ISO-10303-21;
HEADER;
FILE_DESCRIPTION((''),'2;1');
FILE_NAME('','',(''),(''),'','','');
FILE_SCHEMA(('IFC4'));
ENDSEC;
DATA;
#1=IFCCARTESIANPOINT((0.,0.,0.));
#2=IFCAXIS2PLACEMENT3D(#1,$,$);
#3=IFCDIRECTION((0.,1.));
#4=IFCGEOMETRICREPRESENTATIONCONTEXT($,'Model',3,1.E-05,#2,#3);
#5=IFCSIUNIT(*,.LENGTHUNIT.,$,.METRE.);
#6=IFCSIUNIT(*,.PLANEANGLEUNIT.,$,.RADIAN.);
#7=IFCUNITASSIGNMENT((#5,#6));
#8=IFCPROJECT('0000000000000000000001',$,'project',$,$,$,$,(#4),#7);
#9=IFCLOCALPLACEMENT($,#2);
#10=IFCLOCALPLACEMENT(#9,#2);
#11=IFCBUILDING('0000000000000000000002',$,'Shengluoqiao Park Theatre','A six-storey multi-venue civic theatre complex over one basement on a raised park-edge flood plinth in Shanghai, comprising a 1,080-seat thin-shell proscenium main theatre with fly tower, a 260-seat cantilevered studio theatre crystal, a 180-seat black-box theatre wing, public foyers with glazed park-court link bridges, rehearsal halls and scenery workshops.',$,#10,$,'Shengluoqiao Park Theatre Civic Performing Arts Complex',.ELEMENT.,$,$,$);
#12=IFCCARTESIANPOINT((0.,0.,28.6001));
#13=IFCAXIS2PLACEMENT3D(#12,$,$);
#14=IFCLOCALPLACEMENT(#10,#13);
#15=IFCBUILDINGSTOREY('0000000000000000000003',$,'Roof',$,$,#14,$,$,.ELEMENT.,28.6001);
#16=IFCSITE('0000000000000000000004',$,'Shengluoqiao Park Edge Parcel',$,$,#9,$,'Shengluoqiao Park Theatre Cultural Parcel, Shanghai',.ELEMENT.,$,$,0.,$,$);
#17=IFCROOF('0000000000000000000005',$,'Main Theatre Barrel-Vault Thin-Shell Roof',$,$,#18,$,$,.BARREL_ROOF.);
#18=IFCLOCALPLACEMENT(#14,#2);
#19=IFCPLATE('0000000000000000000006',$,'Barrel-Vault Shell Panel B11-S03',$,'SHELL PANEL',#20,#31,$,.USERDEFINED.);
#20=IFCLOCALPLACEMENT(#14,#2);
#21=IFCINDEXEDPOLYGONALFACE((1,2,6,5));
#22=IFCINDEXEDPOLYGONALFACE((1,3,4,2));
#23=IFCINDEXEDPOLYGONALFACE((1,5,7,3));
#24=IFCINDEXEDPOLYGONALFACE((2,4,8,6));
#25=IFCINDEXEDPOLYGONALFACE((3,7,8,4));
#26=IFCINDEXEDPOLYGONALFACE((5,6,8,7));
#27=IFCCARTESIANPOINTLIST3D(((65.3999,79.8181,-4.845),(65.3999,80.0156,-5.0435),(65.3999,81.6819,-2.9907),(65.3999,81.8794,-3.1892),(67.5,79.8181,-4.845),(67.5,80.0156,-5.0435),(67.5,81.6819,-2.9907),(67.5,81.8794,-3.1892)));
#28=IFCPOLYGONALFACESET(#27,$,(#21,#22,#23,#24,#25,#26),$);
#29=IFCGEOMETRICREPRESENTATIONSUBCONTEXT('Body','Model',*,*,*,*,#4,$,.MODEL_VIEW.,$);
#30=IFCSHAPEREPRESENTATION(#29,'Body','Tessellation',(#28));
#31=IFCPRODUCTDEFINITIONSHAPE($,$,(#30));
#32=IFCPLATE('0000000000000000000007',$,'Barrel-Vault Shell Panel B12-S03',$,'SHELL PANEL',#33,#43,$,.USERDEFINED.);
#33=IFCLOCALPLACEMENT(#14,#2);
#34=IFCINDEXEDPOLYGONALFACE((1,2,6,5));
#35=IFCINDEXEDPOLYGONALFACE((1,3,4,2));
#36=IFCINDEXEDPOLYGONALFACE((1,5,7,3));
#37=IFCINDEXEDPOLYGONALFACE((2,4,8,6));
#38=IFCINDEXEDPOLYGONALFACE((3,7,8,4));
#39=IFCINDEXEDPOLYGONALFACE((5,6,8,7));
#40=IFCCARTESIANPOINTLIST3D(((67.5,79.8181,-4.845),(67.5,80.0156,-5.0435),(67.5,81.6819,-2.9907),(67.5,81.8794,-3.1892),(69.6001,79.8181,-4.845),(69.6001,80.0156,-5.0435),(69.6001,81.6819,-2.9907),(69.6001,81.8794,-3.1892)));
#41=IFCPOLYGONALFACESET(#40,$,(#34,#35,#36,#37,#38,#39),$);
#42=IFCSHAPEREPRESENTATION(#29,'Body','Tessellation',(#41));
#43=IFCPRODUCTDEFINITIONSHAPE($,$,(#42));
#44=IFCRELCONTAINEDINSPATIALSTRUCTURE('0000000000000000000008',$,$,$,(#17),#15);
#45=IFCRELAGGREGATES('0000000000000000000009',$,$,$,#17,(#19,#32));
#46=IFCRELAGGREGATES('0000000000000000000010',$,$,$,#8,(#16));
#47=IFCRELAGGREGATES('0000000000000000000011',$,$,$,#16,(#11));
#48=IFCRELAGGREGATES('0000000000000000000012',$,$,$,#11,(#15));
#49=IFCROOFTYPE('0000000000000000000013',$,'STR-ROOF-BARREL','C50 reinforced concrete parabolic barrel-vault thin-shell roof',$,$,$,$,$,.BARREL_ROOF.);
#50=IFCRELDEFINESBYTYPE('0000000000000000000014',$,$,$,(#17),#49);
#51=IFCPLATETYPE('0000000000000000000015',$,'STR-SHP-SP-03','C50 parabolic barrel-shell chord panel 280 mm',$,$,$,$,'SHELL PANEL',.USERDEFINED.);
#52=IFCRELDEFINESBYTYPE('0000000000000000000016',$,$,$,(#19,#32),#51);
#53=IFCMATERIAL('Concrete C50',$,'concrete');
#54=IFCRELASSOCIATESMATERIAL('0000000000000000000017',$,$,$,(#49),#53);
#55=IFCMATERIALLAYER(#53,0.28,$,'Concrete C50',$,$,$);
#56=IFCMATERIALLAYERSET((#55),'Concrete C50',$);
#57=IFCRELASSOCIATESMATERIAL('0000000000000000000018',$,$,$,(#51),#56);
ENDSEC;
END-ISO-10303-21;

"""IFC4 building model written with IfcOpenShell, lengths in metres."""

from ifc_helpers import new_model, si_unit, direction, frame, origin, place, context, subcontext, project, spatial, polyline, outline, extrude, material, layer, layer_set, type_object, element, aggregate, save


model = new_model("IFC4")

# Units and contexts
model_context = context("Model", 3, precision=1e-05, world=origin(), true_north=direction((0.0, 1.0)))
body_context = subcontext(model_context, "Body", "Model", "MODEL_VIEW")
ifc_project = project(units=[si_unit("LENGTHUNIT", "METRE"), si_unit("PLANEANGLEUNIT", "RADIAN")], contexts=[model_context])

# Site, building, storey
site_placement = place(None, origin())
site = spatial("IfcSite", under=ifc_project, at=site_placement, Name="Shengluoqiao Park Edge Parcel", LongName="Shengluoqiao Park Theatre Cultural Parcel, Shanghai", CompositionType="ELEMENT", RefElevation=0.0)
building_placement = place(site_placement, origin())
building = spatial("IfcBuilding", under=site, at=building_placement, Name="Shengluoqiao Park Theatre", Description="A six-storey multi-venue civic theatre complex over one basement on a raised park-edge flood plinth in Shanghai, comprising a 1,080-seat thin-shell proscenium main theatre with fly tower, a 260-seat cantilevered studio theatre crystal, a 180-seat black-box theatre wing, public foyers with glazed park-court link bridges, rehearsal halls and scenery workshops.", LongName="Shengluoqiao Park Theatre Civic Performing Arts Complex", CompositionType="ELEMENT")
storey_placement = place(building_placement, frame((0.0, 0.0, 28.6001)))
storey = spatial("IfcBuildingStorey", under=building, at=storey_placement, Name="Roof", CompositionType="ELEMENT", Elevation=28.6001)

# Shared definitions
ifc_material_1 = material(Name="Concrete C50", Category="concrete")

# Roof, plates
roof_type = type_object("IfcRoofType", Name="STR-ROOF-BARREL", Description="C50 reinforced concrete parabolic barrel-vault thin-shell roof", PredefinedType="BARREL_ROOF", material=ifc_material_1)
roof_placement = place(storey_placement, origin())
roof = element("IfcRoof", 1, at=roof_placement, inside=storey, type_object=roof_type, Name="Main Theatre Barrel-Vault Thin-Shell Roof", PredefinedType="BARREL_ROOF")
ifc_layer_1 = layer(ifc_material_1, 0.28, Name="Concrete C50")
ifc_layer_set_1 = layer_set([ifc_layer_1], Name="Concrete C50")
plate_type_1 = type_object("IfcPlateType", Name="STR-SHP-SP-03", Description="C50 parabolic barrel-shell chord panel 280 mm", ElementType="SHELL PANEL", PredefinedType="USERDEFINED", material=ifc_layer_set_1)
plate_1_placement = place(storey_placement, frame((65.3999, 79.8181, -4.845), z_axis=(0.0, -0.705294, 0.708915), x_axis=(1.0, 0.0, 0.0)))
plate_1 = element("IfcPlate", 2, at=plate_1_placement, type_object=plate_type_1, Name="Barrel-Vault Shell Panel B11-S03", ObjectType="SHELL PANEL", PredefinedType="USERDEFINED", context=body_context, shape_type="SweptSolid", body=[
    extrude(outline(polyline([(0.0, 0.0), (2.1001, 0.0), (2.1001, 2.629), (0.0, 2.629), (0.0, 0.0)])), origin(), (0.0, 0.0, -1.0), 0.28),
])
plate_2_placement = place(storey_placement, frame((67.5, 79.8181, -4.845), z_axis=(0.0, -0.705294, 0.708915), x_axis=(1.0, 0.0, 0.0)))
plate_2 = element("IfcPlate", 3, at=plate_2_placement, type_object=plate_type_1, Name="Barrel-Vault Shell Panel B12-S03", ObjectType="SHELL PANEL", PredefinedType="USERDEFINED", context=body_context, shape_type="SweptSolid", body=[
    extrude(outline(polyline([(0.0, 0.0), (2.1001, 0.0), (2.1001, 2.629), (0.0, 2.629), (0.0, 0.0)])), origin(), (0.0, 0.0, -1.0), 0.28),
])
aggregate(roof, [plate_1, plate_2])

save(model, "model.ifc")
